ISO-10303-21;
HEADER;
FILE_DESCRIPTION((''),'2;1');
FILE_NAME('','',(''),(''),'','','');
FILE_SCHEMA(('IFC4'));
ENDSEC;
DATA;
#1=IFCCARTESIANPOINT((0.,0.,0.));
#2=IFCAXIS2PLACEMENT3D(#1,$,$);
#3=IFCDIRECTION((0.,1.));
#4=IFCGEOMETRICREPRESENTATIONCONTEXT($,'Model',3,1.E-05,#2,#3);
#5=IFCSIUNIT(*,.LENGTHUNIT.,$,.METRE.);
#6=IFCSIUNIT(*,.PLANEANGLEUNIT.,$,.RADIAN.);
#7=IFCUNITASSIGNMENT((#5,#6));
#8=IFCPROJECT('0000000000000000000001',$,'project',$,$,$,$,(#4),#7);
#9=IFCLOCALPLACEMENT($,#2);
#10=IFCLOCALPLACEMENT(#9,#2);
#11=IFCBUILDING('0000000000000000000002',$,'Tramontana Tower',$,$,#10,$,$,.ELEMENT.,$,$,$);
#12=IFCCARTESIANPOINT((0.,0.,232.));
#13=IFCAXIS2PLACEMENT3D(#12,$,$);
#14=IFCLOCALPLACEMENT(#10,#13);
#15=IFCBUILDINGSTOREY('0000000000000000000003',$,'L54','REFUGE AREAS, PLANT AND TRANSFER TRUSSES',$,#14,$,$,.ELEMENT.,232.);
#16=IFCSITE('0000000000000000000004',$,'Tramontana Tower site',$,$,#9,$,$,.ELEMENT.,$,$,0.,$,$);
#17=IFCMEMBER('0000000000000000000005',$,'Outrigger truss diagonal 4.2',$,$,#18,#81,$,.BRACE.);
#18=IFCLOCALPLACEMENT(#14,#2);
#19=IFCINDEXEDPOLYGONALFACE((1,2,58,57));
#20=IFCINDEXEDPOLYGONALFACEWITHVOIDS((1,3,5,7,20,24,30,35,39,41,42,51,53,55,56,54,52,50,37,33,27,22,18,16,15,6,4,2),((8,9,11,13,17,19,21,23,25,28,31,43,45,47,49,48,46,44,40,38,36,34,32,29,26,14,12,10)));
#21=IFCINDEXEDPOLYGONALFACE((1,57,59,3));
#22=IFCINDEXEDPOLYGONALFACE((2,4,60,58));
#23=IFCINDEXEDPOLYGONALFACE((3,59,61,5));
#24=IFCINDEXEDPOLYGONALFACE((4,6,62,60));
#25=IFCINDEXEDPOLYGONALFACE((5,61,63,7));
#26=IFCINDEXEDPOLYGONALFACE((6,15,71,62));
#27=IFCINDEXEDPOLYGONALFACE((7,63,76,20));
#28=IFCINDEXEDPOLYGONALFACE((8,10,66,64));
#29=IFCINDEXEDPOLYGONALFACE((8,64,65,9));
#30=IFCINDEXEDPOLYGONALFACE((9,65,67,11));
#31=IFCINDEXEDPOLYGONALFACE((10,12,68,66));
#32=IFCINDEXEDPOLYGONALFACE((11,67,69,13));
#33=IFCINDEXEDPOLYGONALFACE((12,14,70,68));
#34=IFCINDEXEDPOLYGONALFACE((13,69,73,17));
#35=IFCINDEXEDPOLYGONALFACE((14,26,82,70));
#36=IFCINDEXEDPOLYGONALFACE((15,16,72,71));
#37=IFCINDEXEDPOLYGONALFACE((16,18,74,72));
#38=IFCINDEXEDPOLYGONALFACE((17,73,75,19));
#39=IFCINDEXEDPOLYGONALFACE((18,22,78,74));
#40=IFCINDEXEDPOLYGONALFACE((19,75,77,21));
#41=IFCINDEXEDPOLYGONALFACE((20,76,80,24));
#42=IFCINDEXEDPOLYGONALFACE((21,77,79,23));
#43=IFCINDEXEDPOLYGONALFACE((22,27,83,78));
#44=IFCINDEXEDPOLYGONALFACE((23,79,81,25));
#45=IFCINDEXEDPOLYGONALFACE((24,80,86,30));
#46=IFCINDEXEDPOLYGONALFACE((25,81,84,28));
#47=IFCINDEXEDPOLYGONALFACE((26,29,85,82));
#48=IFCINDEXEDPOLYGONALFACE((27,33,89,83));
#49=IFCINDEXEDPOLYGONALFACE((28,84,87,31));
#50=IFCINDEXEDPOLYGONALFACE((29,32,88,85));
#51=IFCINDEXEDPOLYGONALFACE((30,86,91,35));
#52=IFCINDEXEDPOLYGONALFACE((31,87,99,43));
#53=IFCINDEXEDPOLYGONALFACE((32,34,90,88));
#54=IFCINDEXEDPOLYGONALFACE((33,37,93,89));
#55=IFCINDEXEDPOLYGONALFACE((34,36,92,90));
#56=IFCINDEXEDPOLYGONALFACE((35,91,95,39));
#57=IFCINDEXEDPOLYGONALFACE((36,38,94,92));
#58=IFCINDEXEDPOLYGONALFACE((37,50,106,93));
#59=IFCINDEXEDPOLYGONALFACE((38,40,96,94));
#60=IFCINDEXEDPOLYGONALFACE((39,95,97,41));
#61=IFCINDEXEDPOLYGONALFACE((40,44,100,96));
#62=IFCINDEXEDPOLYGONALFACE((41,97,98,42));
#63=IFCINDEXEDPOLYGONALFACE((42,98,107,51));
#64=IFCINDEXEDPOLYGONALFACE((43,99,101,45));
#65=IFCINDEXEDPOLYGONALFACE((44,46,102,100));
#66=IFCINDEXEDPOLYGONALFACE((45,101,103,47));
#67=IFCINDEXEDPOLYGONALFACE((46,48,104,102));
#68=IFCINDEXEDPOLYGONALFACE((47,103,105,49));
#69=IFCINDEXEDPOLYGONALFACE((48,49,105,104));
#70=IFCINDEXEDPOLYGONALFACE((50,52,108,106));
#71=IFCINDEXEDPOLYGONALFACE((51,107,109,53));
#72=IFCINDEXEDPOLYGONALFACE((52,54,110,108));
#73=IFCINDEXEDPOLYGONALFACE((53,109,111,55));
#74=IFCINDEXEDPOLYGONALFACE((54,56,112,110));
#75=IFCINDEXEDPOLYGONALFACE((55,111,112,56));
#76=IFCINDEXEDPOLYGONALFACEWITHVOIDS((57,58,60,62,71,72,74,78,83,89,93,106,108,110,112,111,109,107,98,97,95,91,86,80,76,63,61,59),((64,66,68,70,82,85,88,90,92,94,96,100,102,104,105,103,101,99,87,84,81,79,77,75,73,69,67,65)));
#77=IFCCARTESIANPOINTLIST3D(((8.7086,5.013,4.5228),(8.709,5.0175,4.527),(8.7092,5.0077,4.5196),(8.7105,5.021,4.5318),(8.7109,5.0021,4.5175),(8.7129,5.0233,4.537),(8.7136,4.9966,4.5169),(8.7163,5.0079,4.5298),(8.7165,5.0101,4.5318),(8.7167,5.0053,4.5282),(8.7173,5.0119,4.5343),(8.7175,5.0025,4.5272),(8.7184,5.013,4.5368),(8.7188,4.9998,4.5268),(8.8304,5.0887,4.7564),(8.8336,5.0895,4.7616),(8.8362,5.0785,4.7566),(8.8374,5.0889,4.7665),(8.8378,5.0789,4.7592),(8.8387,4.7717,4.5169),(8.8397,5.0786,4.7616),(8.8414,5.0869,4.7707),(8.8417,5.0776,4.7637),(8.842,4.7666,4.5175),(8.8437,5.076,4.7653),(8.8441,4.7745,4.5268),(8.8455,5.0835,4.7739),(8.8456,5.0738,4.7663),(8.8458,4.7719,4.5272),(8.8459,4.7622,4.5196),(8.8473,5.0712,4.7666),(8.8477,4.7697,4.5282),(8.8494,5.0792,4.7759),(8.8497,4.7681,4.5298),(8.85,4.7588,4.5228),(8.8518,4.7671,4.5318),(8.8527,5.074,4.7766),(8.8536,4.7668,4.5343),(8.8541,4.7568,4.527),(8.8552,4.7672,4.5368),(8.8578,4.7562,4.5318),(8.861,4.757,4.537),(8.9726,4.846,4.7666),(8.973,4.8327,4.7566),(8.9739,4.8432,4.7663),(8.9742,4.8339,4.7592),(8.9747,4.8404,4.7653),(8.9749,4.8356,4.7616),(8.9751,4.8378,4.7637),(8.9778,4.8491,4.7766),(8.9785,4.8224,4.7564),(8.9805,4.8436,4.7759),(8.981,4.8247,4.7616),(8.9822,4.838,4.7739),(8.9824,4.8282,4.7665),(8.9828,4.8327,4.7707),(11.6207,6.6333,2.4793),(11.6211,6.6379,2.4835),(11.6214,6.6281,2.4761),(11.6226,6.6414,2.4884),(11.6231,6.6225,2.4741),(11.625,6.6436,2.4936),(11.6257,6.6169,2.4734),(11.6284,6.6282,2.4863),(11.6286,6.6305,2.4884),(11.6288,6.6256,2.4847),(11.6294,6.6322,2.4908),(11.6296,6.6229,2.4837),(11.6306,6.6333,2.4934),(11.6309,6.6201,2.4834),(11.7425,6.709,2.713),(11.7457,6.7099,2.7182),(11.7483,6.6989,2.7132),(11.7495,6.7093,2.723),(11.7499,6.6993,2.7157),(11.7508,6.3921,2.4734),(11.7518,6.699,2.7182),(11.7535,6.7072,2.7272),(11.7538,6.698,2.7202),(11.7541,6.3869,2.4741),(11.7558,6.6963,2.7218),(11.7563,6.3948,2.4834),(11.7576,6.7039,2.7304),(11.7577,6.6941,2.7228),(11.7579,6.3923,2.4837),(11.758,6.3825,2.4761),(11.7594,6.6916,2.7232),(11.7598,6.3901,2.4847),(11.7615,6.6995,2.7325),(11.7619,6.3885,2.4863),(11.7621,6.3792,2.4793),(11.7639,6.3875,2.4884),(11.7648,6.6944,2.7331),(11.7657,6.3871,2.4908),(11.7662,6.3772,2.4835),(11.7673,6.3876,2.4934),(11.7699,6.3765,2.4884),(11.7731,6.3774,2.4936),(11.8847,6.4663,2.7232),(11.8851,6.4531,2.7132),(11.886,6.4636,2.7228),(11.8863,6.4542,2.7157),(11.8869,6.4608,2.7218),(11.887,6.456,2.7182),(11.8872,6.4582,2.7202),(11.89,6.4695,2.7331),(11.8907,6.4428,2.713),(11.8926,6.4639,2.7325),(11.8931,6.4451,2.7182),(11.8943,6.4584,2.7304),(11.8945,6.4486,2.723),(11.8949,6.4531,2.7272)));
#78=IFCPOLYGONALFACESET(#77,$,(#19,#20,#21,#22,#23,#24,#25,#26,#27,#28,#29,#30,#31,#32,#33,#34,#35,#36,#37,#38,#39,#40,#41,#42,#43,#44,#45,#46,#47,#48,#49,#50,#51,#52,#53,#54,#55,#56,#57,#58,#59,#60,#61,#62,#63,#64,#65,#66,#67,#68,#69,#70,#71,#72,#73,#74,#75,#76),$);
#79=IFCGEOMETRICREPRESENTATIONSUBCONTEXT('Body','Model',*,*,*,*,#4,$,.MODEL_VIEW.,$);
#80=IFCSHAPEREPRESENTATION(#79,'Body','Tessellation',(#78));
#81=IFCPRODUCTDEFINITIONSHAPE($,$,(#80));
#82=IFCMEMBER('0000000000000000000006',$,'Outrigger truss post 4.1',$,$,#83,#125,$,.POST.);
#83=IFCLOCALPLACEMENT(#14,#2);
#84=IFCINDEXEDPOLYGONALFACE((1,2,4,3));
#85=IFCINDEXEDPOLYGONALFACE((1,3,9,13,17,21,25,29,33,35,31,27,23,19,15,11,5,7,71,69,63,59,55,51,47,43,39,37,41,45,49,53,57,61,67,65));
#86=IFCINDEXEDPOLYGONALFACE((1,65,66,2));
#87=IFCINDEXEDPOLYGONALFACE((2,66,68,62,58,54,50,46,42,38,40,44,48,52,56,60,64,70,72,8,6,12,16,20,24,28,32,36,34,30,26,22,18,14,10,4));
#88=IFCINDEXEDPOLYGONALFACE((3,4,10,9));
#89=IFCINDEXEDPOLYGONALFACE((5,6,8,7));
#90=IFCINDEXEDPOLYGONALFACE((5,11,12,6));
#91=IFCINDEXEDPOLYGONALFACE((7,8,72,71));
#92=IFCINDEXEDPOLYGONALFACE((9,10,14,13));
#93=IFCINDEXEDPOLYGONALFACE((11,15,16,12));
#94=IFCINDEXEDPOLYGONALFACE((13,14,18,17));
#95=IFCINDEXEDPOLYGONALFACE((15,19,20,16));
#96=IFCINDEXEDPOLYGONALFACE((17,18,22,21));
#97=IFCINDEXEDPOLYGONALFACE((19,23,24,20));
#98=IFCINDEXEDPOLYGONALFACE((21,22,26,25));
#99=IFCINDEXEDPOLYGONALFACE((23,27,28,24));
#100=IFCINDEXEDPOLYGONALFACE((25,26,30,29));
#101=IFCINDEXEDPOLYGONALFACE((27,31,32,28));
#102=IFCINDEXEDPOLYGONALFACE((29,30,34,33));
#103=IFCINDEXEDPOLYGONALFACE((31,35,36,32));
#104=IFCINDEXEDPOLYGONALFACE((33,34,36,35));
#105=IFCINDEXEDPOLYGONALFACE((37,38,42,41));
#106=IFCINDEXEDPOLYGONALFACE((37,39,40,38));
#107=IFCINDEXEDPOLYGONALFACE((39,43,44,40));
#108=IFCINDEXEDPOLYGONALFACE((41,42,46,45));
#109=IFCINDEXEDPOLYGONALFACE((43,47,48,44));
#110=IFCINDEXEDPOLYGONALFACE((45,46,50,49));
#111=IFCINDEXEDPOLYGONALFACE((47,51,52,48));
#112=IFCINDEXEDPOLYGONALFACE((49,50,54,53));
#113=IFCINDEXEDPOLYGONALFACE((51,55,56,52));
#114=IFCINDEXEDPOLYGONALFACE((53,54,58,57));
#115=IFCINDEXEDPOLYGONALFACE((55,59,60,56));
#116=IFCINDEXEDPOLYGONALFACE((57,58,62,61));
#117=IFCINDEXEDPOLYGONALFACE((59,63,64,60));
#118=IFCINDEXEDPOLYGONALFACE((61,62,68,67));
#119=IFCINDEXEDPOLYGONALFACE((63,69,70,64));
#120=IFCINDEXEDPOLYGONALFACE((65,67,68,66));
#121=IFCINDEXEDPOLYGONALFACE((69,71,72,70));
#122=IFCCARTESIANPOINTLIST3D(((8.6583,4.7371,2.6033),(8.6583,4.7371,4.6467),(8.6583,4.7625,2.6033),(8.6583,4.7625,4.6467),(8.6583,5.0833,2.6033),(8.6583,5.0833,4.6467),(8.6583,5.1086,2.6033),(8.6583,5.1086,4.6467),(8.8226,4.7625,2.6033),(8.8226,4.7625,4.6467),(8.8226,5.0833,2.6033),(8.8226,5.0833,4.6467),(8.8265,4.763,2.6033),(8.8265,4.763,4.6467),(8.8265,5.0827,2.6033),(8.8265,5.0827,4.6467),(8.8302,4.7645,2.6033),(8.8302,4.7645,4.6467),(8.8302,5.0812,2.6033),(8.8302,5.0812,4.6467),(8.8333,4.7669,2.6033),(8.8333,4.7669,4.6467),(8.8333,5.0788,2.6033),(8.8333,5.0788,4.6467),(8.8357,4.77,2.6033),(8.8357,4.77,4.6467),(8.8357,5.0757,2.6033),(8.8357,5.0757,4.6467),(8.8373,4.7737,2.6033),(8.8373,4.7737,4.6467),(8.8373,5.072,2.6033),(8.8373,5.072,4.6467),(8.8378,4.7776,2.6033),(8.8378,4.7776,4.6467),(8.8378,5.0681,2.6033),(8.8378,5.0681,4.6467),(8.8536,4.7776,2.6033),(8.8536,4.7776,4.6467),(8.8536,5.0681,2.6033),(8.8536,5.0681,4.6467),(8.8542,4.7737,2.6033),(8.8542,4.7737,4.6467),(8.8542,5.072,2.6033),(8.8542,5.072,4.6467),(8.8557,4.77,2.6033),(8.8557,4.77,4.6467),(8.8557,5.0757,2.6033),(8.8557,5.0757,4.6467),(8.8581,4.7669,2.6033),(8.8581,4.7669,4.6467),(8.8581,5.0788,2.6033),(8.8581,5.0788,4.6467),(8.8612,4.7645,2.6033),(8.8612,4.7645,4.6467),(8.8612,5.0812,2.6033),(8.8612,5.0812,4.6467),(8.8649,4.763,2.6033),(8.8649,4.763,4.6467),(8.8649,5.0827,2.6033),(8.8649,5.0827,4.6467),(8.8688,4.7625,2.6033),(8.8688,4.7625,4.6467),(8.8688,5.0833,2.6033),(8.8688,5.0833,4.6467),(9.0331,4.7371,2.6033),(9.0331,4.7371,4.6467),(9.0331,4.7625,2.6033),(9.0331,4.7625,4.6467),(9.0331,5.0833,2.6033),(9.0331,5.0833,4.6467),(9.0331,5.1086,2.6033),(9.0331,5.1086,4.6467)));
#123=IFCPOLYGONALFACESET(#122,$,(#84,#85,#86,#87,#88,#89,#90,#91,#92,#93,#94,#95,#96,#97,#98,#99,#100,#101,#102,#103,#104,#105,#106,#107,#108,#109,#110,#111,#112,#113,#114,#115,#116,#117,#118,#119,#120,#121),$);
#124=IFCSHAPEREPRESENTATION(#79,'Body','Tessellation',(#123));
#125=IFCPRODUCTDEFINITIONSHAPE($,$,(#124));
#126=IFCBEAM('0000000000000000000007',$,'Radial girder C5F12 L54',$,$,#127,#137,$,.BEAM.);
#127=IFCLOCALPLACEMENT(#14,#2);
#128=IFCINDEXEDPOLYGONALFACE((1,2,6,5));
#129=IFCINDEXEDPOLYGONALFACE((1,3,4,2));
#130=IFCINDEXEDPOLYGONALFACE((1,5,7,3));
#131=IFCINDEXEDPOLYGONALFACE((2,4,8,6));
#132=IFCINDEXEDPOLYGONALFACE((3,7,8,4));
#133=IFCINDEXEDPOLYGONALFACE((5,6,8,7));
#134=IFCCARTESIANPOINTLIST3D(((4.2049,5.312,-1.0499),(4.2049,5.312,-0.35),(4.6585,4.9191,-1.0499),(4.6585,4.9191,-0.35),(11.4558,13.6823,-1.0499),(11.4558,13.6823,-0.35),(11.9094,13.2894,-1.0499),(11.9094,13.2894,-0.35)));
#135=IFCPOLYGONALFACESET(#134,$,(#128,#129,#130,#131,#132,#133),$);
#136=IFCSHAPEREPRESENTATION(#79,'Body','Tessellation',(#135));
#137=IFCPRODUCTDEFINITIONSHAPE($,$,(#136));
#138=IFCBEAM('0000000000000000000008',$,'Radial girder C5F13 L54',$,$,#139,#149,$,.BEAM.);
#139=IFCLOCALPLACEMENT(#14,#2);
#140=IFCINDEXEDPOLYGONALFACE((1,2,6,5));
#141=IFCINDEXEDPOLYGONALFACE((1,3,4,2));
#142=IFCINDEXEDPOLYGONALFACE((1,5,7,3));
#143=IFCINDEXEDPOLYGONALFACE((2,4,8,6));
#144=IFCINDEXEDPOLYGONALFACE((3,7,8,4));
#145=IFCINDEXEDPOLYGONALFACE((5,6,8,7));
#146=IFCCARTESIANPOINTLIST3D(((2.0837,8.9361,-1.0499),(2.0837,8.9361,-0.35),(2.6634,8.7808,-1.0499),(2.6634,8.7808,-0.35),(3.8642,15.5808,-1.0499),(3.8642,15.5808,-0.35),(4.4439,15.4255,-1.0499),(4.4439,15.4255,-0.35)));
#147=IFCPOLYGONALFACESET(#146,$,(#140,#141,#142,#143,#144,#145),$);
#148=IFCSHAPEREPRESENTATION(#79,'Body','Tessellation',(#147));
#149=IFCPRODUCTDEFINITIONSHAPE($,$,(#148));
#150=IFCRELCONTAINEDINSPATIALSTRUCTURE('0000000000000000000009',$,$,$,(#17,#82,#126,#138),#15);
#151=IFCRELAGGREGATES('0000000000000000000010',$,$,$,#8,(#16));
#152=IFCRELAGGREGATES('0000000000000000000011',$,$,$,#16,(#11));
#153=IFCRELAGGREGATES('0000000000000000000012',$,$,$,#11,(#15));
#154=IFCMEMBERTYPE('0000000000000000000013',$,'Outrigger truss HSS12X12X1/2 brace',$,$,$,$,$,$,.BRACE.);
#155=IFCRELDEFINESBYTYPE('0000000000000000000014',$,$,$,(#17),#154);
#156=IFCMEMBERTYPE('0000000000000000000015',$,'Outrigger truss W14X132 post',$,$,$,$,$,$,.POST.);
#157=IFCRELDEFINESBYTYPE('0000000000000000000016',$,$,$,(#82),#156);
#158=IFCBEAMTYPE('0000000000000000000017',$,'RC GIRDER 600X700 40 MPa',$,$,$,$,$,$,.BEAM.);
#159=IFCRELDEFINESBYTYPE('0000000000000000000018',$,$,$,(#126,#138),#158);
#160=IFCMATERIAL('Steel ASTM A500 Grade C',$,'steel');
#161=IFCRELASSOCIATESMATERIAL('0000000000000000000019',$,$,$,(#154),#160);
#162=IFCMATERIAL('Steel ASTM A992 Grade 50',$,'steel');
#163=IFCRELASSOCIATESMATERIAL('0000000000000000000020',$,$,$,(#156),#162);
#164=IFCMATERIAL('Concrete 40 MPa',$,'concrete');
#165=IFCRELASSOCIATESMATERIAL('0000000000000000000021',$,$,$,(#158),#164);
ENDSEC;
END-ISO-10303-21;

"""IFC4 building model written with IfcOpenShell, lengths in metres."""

from ifc_helpers import new_model, si_unit, direction, frame, origin, origin_2d, place, context, subcontext, project, spatial, rectangle, hollow_rectangle, i_section, extrude, material, material_profile, profile_set, type_object, element, save


model = new_model("IFC4")

# Units and contexts
model_context = context("Model", 3, precision=1e-05, world=origin(), true_north=direction((0.0, 1.0)))
body_context = subcontext(model_context, "Body", "Model", "MODEL_VIEW")
ifc_project = project(units=[si_unit("LENGTHUNIT", "METRE"), si_unit("PLANEANGLEUNIT", "RADIAN")], contexts=[model_context])

# Site, building, storey
site_placement = place(None, origin())
site = spatial("IfcSite", under=ifc_project, at=site_placement, Name="Tramontana Tower site", CompositionType="ELEMENT", RefElevation=0.0)
building_placement = place(site_placement, origin())
building = spatial("IfcBuilding", under=site, at=building_placement, Name="Tramontana Tower", CompositionType="ELEMENT")
storey_placement = place(building_placement, frame((0.0, 0.0, 232.0)))
storey = spatial("IfcBuildingStorey", under=building, at=storey_placement, Name="L54", Description="REFUGE AREAS, PLANT AND TRANSFER TRUSSES", CompositionType="ELEMENT", Elevation=232.0)

# Members
ifc_material_1 = material(Name="Steel ASTM A500 Grade C", Category="steel")
ifc_material_profile_1 = material_profile(ifc_material_1, hollow_rectangle(XDim=0.3047, YDim=0.3047, WallThickness=0.0117, InnerFilletRadius=0.0117, OuterFilletRadius=0.0237, at=origin_2d()), Name="HSS12X12X1/2")
ifc_profile_set_1 = profile_set([ifc_material_profile_1], Name="Steel ASTM A500 Grade C")
member_type_1 = type_object("IfcMemberType", Name="Outrigger truss HSS12X12X1/2 brace", PredefinedType="BRACE", material=ifc_profile_set_1)
member_1_placement = place(storey_placement, frame((8.8457, 4.9229, 4.6467), z_axis=(0.744942, 0.414502, -0.522733), x_axis=(-0.486221, 0.873836, 0.0)))
element("IfcMember", 1, at=member_1_placement, inside=storey, type_object=member_type_1, Name="Outrigger truss diagonal 4.2", PredefinedType="BRACE", context=body_context, shape_type="SweptSolid", body=[
    extrude(hollow_rectangle(XDim=0.3047, YDim=0.3047, WallThickness=0.0117, InnerFilletRadius=0.0117, OuterFilletRadius=0.0237, at=origin_2d()), origin(), (0.0, 0.0, 1.0), 3.9092),
])
ifc_material_2 = material(Name="Steel ASTM A992 Grade 50", Category="steel")
ifc_material_profile_2 = material_profile(ifc_material_2, i_section(OverallWidth=0.3748, OverallDepth=0.3716, WebThickness=0.0159, FlangeThickness=0.0254, FilletRadius=0.0151, at=origin_2d()), Name="W14X132")
ifc_profile_set_2 = profile_set([ifc_material_profile_2], Name="Steel ASTM A992 Grade 50")
member_type_2 = type_object("IfcMemberType", Name="Outrigger truss W14X132 post", PredefinedType="POST", material=ifc_profile_set_2)
member_2_placement = place(storey_placement, frame((8.8457, 4.9229, 2.6033), z_axis=(0.0, 0.0, 1.0), x_axis=(1.0, 0.0, 0.0)))
element("IfcMember", 2, at=member_2_placement, inside=storey, type_object=member_type_2, Name="Outrigger truss post 4.1", PredefinedType="POST", context=body_context, shape_type="SweptSolid", body=[
    extrude(i_section(OverallWidth=0.3748, OverallDepth=0.3716, WebThickness=0.0159, FlangeThickness=0.0254, FilletRadius=0.0151, at=origin_2d()), origin(), (0.0, 0.0, 1.0), 2.0435),
])

# Beams
ifc_material_3 = material(Name="Concrete 40 MPa", Category="concrete")
ifc_material_profile_3 = material_profile(ifc_material_3, rectangle(XDim=0.6001, YDim=0.7, at=origin_2d()), Name="RC GIRDER 600X700 40 MPa")
ifc_profile_set_3 = profile_set([ifc_material_profile_3], Name="Concrete 40 MPa")
beam_type = type_object("IfcBeamType", Name="RC GIRDER 600X700 40 MPa", PredefinedType="BEAM", material=ifc_profile_set_3)
beam_1_placement = place(storey_placement, frame((11.6826, 13.4858, -0.7), z_axis=(-0.654758, -0.755838, 0.0), x_axis=(0.755838, -0.654758, 0.0)))
element("IfcBeam", 3, at=beam_1_placement, inside=storey, type_object=beam_type, Name="Radial girder C5F12 L54", PredefinedType="BEAM", context=body_context, shape_type="SweptSolid", body=[
    extrude(rectangle(XDim=0.6001, YDim=0.7, at=origin_2d()), origin(), (0.0, 0.0, 1.0), 11.0742),
])
beam_2_placement = place(storey_placement, frame((4.1541, 15.5032, -0.7), z_axis=(-0.258827, -0.965924, 0.0), x_axis=(0.965924, -0.258827, 0.0)))
element("IfcBeam", 4, at=beam_2_placement, inside=storey, type_object=beam_type, Name="Radial girder C5F13 L54", PredefinedType="BEAM", context=body_context, shape_type="SweptSolid", body=[
    extrude(rectangle(XDim=0.6001, YDim=0.7, at=origin_2d()), origin(), (0.0, 0.0, 1.0), 6.8792),
])

save(model, "model.ifc")
